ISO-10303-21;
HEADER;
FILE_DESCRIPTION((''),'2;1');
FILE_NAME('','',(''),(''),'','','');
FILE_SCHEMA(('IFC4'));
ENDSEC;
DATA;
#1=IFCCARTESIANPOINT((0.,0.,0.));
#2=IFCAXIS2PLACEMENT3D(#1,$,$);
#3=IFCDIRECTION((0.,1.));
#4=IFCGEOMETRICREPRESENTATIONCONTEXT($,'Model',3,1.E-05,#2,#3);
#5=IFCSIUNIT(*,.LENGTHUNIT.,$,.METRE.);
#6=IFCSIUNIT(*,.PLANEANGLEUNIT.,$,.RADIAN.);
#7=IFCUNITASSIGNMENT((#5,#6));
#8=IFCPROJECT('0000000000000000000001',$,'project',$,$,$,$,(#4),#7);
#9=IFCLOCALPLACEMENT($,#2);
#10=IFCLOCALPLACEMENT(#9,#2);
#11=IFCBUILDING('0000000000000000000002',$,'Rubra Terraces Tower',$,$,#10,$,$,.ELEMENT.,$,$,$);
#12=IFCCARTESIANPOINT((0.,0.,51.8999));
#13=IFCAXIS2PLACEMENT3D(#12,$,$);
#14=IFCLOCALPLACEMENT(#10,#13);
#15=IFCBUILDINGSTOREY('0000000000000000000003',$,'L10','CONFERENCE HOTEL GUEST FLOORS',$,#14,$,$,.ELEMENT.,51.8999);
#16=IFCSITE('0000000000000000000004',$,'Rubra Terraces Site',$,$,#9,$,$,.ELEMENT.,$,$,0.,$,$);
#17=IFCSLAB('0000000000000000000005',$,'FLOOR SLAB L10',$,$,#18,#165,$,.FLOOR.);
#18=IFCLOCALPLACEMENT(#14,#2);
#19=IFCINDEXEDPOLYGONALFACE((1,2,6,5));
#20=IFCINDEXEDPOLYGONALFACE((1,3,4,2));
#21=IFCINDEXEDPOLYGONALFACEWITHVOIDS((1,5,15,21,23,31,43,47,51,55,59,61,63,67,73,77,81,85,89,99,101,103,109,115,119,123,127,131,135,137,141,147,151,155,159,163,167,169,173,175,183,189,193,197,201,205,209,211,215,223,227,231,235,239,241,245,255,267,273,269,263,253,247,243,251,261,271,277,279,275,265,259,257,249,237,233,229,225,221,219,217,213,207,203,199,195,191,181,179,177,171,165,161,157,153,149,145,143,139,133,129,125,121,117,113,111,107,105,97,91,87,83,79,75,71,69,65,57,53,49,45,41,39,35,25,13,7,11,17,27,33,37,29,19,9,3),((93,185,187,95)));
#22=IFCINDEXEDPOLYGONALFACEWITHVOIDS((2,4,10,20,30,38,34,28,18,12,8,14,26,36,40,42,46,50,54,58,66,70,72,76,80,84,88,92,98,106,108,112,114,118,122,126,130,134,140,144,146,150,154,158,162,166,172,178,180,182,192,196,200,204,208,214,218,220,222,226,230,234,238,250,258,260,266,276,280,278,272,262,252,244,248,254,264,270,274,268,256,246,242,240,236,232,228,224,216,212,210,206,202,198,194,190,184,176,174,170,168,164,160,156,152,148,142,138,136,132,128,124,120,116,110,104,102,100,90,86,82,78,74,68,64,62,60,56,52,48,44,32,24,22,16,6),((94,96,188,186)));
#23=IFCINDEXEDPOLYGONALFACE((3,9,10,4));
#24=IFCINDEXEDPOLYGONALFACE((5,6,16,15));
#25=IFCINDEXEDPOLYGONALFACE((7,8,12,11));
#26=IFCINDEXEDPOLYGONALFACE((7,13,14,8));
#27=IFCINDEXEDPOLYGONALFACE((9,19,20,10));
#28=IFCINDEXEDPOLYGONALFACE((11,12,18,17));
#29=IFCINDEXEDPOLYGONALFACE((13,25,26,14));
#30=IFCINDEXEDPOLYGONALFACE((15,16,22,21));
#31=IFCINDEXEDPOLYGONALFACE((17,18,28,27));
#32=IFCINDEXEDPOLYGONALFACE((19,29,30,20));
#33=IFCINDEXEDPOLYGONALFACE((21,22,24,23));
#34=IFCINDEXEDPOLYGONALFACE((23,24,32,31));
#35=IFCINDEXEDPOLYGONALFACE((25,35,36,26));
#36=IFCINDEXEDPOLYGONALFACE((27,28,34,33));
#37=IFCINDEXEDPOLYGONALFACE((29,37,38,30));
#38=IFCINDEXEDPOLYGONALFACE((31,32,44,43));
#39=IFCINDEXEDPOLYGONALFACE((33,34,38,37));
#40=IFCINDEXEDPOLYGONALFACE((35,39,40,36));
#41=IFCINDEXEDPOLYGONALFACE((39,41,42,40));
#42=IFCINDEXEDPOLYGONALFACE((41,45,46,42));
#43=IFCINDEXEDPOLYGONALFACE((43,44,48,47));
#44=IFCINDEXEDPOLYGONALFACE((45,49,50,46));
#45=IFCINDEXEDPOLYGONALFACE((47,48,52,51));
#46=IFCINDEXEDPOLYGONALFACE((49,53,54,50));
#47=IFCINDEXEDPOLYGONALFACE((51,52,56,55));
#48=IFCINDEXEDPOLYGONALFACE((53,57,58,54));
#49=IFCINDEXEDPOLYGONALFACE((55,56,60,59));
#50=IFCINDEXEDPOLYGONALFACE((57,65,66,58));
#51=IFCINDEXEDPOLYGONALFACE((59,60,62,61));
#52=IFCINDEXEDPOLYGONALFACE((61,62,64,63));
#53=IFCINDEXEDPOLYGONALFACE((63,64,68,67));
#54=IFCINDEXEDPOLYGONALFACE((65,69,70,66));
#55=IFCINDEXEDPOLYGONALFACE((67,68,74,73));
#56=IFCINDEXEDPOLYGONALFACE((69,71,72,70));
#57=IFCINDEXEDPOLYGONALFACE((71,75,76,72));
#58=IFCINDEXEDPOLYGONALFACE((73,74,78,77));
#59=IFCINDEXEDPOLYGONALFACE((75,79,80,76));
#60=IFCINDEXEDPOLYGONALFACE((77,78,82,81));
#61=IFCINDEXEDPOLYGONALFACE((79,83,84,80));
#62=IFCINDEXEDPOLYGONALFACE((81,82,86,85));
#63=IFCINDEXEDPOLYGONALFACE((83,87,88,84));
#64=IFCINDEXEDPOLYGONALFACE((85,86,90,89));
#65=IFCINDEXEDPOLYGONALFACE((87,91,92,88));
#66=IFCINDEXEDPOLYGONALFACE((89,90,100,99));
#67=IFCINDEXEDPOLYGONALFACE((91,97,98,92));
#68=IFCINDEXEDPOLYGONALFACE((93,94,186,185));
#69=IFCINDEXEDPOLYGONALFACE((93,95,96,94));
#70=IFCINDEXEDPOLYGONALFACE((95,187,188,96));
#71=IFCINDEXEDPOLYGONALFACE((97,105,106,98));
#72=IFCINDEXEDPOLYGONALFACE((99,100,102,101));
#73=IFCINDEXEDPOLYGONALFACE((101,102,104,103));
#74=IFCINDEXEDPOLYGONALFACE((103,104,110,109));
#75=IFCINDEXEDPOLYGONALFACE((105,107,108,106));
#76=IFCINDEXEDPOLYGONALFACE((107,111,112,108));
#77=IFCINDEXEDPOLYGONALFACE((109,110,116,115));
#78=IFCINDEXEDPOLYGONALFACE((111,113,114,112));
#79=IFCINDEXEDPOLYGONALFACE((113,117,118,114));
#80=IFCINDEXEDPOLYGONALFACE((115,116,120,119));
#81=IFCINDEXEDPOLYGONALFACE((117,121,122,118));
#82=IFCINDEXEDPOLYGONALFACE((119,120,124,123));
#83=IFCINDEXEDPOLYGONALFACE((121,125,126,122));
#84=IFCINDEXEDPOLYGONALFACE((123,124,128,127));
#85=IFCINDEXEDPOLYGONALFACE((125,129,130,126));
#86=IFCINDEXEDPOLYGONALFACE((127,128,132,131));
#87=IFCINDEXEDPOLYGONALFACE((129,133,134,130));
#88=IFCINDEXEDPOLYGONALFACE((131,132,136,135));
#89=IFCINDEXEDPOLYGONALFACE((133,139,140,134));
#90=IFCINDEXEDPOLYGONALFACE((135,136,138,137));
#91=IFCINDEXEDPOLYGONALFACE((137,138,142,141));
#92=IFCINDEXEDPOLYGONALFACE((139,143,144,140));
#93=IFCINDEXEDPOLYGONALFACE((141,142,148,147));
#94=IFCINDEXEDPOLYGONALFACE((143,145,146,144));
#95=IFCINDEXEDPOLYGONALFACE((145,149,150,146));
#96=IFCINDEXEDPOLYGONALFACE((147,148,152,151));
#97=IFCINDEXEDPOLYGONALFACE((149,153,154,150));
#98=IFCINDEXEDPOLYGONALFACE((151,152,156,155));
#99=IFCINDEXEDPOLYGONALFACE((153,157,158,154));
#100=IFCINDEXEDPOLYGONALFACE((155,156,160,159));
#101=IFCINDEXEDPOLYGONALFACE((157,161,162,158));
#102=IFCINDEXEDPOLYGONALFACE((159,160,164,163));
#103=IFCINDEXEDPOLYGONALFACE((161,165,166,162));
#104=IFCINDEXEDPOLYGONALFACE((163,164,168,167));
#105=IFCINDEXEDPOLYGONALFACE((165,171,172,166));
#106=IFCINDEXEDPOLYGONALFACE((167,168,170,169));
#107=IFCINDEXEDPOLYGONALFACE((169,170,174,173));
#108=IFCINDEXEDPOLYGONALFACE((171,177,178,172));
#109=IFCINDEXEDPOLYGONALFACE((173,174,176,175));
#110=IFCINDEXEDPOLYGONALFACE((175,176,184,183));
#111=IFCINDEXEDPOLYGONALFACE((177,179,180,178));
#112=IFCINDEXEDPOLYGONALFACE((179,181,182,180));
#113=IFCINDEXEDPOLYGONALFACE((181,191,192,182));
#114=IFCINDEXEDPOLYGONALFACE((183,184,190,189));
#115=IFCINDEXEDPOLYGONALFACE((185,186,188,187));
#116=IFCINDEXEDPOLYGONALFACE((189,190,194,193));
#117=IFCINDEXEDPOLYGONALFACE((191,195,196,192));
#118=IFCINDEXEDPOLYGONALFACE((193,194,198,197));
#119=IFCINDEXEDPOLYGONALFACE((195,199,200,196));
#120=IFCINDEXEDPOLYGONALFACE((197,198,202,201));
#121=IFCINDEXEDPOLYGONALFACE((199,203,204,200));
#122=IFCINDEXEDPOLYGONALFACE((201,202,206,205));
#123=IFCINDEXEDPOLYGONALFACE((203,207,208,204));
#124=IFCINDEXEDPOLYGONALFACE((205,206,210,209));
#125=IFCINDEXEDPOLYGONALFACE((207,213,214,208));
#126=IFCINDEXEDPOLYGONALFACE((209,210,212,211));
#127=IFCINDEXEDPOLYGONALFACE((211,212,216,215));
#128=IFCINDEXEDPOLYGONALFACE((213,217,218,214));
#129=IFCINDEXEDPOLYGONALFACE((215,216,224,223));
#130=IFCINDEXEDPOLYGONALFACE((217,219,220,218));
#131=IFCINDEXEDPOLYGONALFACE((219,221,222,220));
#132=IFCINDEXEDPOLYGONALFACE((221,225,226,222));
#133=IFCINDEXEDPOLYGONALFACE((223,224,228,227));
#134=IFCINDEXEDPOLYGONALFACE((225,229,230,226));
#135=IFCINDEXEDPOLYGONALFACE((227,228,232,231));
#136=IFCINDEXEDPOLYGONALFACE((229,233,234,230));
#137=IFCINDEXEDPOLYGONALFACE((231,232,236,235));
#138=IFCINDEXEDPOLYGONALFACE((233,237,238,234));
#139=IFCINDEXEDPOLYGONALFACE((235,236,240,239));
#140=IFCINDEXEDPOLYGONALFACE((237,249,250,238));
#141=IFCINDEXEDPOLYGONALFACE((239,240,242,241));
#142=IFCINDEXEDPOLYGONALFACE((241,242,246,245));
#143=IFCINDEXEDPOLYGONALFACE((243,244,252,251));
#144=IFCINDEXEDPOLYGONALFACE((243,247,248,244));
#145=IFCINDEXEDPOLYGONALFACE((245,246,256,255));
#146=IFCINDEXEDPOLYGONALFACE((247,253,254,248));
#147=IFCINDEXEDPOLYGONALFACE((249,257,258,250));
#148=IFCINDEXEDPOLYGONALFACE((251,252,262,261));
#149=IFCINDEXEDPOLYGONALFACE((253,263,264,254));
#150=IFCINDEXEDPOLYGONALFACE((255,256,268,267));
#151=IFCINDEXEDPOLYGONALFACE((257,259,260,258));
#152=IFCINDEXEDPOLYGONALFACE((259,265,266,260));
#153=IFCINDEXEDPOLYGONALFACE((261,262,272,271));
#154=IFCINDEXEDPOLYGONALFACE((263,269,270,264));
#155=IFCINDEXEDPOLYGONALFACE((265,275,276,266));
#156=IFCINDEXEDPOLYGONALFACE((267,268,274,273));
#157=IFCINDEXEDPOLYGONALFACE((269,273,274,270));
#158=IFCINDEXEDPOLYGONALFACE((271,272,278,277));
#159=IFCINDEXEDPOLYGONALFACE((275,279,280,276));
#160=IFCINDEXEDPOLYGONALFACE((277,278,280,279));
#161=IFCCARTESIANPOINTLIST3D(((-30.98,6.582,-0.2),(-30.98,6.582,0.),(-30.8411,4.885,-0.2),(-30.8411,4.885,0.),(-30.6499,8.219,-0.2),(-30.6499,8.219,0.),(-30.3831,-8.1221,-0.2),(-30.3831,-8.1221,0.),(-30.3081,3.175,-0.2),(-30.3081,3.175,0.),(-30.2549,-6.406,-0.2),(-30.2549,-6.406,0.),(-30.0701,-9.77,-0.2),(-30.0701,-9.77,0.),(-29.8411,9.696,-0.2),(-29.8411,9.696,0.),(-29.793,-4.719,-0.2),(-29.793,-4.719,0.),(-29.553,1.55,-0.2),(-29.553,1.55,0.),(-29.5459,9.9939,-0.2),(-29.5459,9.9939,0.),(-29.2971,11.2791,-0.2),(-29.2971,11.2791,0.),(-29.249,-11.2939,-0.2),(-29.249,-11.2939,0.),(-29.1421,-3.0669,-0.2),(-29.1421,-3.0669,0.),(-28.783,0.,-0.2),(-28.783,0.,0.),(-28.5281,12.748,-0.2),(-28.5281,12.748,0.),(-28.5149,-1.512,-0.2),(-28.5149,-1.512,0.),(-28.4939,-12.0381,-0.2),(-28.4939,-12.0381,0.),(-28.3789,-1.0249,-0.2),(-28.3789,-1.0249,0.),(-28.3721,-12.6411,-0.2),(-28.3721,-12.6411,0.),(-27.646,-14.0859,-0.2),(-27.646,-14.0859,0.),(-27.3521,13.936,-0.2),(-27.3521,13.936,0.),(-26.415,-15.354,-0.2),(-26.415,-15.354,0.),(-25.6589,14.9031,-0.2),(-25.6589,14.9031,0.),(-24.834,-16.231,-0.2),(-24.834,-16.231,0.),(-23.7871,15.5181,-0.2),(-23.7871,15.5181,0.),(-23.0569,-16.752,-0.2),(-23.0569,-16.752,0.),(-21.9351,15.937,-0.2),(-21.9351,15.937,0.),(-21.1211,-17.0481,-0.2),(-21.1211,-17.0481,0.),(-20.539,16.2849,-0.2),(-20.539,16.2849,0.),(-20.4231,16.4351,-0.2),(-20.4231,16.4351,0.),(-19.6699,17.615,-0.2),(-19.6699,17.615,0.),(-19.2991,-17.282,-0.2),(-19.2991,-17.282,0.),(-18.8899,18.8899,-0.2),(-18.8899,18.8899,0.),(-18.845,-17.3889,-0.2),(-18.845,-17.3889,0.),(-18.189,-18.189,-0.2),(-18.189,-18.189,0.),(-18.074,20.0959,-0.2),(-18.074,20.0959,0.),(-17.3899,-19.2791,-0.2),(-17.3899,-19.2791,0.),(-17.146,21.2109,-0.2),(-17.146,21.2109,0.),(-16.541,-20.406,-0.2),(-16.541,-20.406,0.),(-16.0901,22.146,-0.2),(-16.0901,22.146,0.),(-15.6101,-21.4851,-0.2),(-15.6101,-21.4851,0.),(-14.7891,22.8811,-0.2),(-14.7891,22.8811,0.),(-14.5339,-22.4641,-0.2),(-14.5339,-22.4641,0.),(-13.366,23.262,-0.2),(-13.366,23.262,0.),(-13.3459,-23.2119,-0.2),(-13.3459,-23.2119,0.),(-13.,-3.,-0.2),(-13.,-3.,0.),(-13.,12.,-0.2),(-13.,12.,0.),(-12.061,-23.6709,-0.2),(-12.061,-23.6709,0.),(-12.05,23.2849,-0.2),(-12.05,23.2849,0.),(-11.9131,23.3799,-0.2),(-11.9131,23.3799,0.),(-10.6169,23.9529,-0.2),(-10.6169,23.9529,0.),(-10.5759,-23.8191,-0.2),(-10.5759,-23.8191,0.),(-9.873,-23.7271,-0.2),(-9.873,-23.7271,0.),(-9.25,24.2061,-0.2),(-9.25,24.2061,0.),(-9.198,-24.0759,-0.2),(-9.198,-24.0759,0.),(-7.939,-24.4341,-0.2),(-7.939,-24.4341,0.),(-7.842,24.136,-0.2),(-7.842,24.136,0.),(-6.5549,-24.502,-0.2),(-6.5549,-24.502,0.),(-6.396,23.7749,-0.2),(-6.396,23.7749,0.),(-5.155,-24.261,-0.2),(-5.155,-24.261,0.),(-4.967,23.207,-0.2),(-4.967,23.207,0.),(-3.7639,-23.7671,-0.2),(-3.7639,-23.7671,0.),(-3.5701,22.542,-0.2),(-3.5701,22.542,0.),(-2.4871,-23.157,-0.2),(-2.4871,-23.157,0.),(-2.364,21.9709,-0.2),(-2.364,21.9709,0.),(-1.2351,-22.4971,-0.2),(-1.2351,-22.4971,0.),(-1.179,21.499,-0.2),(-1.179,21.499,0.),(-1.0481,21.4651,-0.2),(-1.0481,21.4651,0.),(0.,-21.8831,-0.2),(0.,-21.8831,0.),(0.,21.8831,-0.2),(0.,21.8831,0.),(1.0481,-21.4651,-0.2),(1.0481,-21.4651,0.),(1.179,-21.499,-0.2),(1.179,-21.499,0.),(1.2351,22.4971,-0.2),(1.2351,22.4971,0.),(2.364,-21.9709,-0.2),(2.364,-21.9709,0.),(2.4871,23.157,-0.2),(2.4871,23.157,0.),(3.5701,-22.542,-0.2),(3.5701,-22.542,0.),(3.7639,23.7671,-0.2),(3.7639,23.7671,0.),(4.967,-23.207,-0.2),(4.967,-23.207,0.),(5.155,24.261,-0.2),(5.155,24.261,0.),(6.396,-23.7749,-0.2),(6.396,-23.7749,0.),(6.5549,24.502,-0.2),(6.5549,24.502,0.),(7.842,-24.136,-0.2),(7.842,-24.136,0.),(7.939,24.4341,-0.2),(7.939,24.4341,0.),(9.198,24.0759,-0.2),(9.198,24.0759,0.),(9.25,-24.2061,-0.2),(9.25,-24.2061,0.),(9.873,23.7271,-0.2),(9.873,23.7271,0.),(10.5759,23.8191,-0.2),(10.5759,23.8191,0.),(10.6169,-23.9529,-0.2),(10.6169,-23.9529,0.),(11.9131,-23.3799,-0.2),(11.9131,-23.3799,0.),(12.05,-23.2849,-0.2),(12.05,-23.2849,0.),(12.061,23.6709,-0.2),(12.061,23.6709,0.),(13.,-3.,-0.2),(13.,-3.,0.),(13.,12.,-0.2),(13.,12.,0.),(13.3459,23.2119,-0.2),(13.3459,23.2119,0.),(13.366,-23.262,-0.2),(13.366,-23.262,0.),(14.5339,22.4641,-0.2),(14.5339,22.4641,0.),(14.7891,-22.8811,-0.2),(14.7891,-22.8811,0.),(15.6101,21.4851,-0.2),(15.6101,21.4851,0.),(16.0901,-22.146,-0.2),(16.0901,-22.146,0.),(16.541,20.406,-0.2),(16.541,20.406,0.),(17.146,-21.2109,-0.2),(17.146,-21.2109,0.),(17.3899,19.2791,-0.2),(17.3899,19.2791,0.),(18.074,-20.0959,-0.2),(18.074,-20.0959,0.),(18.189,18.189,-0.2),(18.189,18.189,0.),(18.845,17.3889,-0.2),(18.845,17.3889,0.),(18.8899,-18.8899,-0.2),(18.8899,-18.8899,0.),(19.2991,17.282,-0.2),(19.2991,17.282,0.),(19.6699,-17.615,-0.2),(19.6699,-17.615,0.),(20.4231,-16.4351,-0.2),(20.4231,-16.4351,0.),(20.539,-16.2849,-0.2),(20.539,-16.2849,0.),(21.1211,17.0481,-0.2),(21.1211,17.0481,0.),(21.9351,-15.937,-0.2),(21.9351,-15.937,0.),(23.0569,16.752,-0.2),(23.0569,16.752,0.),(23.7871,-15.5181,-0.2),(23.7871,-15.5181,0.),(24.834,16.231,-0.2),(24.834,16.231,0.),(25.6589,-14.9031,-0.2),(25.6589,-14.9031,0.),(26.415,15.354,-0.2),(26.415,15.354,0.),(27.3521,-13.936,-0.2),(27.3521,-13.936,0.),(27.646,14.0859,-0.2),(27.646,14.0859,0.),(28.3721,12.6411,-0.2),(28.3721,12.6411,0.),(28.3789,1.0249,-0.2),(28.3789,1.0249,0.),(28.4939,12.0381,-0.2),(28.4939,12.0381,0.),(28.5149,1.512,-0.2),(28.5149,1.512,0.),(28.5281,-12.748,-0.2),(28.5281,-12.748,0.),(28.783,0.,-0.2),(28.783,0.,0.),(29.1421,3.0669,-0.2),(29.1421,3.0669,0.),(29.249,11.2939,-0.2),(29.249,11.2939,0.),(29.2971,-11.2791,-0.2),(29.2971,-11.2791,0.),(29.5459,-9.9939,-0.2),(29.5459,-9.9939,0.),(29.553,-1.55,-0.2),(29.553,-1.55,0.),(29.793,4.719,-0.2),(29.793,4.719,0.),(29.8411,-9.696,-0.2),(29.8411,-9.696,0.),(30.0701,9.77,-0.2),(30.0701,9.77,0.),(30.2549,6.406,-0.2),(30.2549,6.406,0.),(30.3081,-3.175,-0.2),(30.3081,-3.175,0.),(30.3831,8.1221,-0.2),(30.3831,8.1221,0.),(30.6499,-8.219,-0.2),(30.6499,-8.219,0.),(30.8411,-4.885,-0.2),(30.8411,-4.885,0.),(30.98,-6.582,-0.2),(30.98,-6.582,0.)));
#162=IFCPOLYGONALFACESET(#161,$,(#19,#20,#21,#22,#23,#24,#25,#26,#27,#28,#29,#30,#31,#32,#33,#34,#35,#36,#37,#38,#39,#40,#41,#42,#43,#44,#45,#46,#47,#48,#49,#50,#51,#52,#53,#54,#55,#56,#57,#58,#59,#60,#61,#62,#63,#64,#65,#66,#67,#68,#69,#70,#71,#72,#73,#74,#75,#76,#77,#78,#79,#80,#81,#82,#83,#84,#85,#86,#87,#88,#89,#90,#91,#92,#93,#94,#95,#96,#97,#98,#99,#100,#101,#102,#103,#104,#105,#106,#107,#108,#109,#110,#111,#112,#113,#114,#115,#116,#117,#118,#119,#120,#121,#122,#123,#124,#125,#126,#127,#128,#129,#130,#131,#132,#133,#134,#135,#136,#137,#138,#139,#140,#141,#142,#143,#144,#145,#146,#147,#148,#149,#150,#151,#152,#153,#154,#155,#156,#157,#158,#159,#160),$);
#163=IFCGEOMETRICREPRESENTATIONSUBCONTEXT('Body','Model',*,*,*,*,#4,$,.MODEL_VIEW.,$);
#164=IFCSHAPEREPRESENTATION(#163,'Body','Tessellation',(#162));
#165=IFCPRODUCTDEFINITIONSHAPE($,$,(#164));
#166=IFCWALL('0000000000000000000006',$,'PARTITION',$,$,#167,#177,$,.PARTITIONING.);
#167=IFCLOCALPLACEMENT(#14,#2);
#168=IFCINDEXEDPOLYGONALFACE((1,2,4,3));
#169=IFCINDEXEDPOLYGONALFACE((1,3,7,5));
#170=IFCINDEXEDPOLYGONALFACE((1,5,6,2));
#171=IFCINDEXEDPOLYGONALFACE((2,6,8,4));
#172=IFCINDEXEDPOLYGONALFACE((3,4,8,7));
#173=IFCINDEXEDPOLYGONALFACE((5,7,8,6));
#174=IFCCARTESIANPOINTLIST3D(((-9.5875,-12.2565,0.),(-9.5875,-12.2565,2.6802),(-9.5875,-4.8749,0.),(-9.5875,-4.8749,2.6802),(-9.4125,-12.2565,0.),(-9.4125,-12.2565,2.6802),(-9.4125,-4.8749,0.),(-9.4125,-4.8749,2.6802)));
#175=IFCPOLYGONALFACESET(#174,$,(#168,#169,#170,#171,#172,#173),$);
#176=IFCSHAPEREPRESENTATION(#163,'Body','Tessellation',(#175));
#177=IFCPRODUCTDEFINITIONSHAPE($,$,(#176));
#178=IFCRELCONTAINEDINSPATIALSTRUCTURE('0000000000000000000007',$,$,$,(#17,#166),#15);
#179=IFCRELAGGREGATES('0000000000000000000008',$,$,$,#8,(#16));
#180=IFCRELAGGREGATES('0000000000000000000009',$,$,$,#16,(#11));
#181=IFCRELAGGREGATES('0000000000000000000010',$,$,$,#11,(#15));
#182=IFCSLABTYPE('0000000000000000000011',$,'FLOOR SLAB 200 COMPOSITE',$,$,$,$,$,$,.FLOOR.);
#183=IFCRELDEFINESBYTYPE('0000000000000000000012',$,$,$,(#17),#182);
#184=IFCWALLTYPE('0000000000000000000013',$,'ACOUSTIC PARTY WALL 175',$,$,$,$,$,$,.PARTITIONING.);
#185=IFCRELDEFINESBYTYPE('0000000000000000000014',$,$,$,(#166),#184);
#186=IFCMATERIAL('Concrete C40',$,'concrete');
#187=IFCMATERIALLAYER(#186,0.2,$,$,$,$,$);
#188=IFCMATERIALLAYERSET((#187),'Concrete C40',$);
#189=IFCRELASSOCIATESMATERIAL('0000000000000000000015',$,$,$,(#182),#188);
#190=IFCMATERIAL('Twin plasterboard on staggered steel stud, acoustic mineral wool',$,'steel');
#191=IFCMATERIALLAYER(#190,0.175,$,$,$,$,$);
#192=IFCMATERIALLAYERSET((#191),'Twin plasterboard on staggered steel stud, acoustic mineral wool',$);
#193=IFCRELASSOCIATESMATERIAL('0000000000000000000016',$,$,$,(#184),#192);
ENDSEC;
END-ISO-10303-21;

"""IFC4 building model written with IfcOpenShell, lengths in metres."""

from ifc_helpers import new_model, si_unit, direction, frame, frame_2d, origin, place, context, subcontext, project, spatial, polyline, rectangle, outline, extrude, material, layer, layer_set, type_object, element, save


model = new_model("IFC4")

# Units and contexts
model_context = context("Model", 3, precision=1e-05, world=origin(), true_north=direction((0.0, 1.0)))
body_context = subcontext(model_context, "Body", "Model", "MODEL_VIEW")
ifc_project = project(units=[si_unit("LENGTHUNIT", "METRE"), si_unit("PLANEANGLEUNIT", "RADIAN")], contexts=[model_context])

# Site, building, storey
site_placement = place(None, origin())
site = spatial("IfcSite", under=ifc_project, at=site_placement, Name="Rubra Terraces Site", CompositionType="ELEMENT", RefElevation=0.0)
building_placement = place(site_placement, origin())
building = spatial("IfcBuilding", under=site, at=building_placement, Name="Rubra Terraces Tower", CompositionType="ELEMENT")
storey_placement = place(building_placement, frame((0.0, 0.0, 51.8999)))
storey = spatial("IfcBuildingStorey", under=building, at=storey_placement, Name="L10", Description="CONFERENCE HOTEL GUEST FLOORS", CompositionType="ELEMENT", Elevation=51.8999)

# Slab
ifc_material_1 = material(Name="Concrete C40", Category="concrete")
ifc_layer_1 = layer(ifc_material_1, 0.2)
ifc_layer_set_1 = layer_set([ifc_layer_1], Name="Concrete C40")
slab_type = type_object("IfcSlabType", Name="FLOOR SLAB 200 COMPOSITE", PredefinedType="FLOOR", material=ifc_layer_set_1)
slab_placement = place(storey_placement, frame((0.0, 0.0, -0.2)))
element("IfcSlab", 1, at=slab_placement, inside=storey, type_object=slab_type, Name="FLOOR SLAB L10", PredefinedType="FLOOR", context=body_context, shape_type="SweptSolid", body=[
    extrude(outline(polyline([(-3.7639, -23.7671), (-2.4871, -23.157), (-1.2351, -22.4971), (0.0, -21.8831), (1.0481, -21.4651), (1.179, -21.499), (2.364, -21.9709), (3.5701, -22.542), (4.967, -23.207), (6.396, -23.7749), (7.842, -24.136), (9.25, -24.2061), (10.6169, -23.9529), (11.9131, -23.3799), (12.05, -23.2849), (13.366, -23.262), (14.7891, -22.8811), (16.0901, -22.146), (17.146, -21.2109), (18.074, -20.0959), (18.8899, -18.8899), (19.6699, -17.615), (20.4231, -16.4351), (20.5391, -16.2849), (20.3501, -16.332), (21.9351, -15.937), (23.7871, -15.5181), (25.6589, -14.9031), (27.3521, -13.936), (28.5281, -12.748), (29.2971, -11.2791), (29.5459, -9.9939), (29.8411, -9.696), (30.6499, -8.219), (30.98, -6.582), (30.8411, -4.885), (30.3081, -3.175), (29.553, -1.55), (28.783, 0.0), (28.3789, 1.0249), (28.5149, 1.512), (29.1421, 3.0669), (29.793, 4.719), (30.2549, 6.406), (30.3831, 8.1221), (30.0701, 9.77), (29.249, 11.2939), (28.4939, 12.0381), (28.3721, 12.6411), (27.646, 14.0859), (26.415, 15.354), (24.834, 16.231), (23.0569, 16.752), (21.1211, 17.0481), (19.2991, 17.282), (18.845, 17.3889), (18.189, 18.189), (17.3899, 19.2791), (16.541, 20.406), (15.6101, 21.4851), (14.5339, 22.4641), (13.3459, 23.2119), (12.061, 23.6709), (10.5759, 23.8191), (9.873, 23.7271), (9.198, 24.0759), (7.939, 24.4341), (6.5549, 24.502), (5.155, 24.261), (3.7639, 23.7671), (2.4871, 23.157), (1.2351, 22.4971), (0.0, 21.8831), (-1.0481, 21.4651), (-1.179, 21.499), (-2.364, 21.9709), (-3.5701, 22.542), (-4.967, 23.207), (-6.396, 23.7749), (-7.842, 24.136), (-9.25, 24.2061), (-10.6169, 23.9529), (-11.9131, 23.3799), (-12.05, 23.2849), (-13.366, 23.262), (-14.7891, 22.8811), (-16.0901, 22.146), (-17.146, 21.2109), (-18.074, 20.0959), (-18.8899, 18.8899), (-19.6699, 17.615), (-20.4231, 16.4351), (-20.5391, 16.2849), (-20.3501, 16.332), (-21.9351, 15.937), (-23.7871, 15.5181), (-25.6589, 14.9031), (-27.3521, 13.936), (-28.5281, 12.748), (-29.2971, 11.2791), (-29.5459, 9.9939), (-29.8411, 9.696), (-30.6499, 8.219), (-30.98, 6.582), (-30.8411, 4.885), (-30.3081, 3.175), (-29.553, 1.55), (-28.783, 0.0), (-28.3789, -1.0249), (-28.5149, -1.512), (-29.1421, -3.0669), (-29.793, -4.719), (-30.2549, -6.406), (-30.3831, -8.1221), (-30.0701, -9.77), (-29.249, -11.2939), (-28.4939, -12.0381), (-28.3721, -12.6411), (-27.646, -14.0859), (-26.415, -15.354), (-24.834, -16.231), (-23.0569, -16.752), (-21.1211, -17.0481), (-19.2991, -17.282), (-18.845, -17.3889), (-18.189, -18.189), (-17.3899, -19.2791), (-16.541, -20.406), (-15.6101, -21.4851), (-14.5339, -22.4641), (-13.3459, -23.2119), (-12.061, -23.6709), (-10.5759, -23.8191), (-9.873, -23.7271), (-9.198, -24.0759), (-7.939, -24.4341), (-6.5549, -24.502), (-5.155, -24.261), (-3.7639, -23.7671)]), holes=[polyline([(13.0, 12.0), (13.0, -3.0), (-13.0, -3.0), (-13.0, 12.0), (13.0, 12.0)])]), origin(), (0.0, 0.0, 1.0), 0.2),
])

# Wall
ifc_material_2 = material(Name="Twin plasterboard on staggered steel stud, acoustic mineral wool", Category="steel")
ifc_layer_2 = layer(ifc_material_2, 0.175)
ifc_layer_set_2 = layer_set([ifc_layer_2], Name="Twin plasterboard on staggered steel stud, acoustic mineral wool")
wall_type_1 = type_object("IfcWallType", Name="ACOUSTIC PARTY WALL 175", PredefinedType="PARTITIONING", material=ifc_layer_set_2)
wall_1_placement = place(storey_placement, frame((-9.5, -12.2566, 0.0), z_axis=(0.0, 0.0, 1.0), x_axis=(0.0, 1.0, 0.0)))
element("IfcWall", 2, at=wall_1_placement, inside=storey, type_object=wall_type_1, Name="PARTITION", PredefinedType="PARTITIONING", context=body_context, shape_type="SweptSolid", body=[
    extrude(rectangle(XDim=7.3816, YDim=0.175, at=frame_2d((3.6909, 0.0))), origin(), (0.0, 0.0, 1.0), 2.6802),
])

save(model, "model.ifc")
